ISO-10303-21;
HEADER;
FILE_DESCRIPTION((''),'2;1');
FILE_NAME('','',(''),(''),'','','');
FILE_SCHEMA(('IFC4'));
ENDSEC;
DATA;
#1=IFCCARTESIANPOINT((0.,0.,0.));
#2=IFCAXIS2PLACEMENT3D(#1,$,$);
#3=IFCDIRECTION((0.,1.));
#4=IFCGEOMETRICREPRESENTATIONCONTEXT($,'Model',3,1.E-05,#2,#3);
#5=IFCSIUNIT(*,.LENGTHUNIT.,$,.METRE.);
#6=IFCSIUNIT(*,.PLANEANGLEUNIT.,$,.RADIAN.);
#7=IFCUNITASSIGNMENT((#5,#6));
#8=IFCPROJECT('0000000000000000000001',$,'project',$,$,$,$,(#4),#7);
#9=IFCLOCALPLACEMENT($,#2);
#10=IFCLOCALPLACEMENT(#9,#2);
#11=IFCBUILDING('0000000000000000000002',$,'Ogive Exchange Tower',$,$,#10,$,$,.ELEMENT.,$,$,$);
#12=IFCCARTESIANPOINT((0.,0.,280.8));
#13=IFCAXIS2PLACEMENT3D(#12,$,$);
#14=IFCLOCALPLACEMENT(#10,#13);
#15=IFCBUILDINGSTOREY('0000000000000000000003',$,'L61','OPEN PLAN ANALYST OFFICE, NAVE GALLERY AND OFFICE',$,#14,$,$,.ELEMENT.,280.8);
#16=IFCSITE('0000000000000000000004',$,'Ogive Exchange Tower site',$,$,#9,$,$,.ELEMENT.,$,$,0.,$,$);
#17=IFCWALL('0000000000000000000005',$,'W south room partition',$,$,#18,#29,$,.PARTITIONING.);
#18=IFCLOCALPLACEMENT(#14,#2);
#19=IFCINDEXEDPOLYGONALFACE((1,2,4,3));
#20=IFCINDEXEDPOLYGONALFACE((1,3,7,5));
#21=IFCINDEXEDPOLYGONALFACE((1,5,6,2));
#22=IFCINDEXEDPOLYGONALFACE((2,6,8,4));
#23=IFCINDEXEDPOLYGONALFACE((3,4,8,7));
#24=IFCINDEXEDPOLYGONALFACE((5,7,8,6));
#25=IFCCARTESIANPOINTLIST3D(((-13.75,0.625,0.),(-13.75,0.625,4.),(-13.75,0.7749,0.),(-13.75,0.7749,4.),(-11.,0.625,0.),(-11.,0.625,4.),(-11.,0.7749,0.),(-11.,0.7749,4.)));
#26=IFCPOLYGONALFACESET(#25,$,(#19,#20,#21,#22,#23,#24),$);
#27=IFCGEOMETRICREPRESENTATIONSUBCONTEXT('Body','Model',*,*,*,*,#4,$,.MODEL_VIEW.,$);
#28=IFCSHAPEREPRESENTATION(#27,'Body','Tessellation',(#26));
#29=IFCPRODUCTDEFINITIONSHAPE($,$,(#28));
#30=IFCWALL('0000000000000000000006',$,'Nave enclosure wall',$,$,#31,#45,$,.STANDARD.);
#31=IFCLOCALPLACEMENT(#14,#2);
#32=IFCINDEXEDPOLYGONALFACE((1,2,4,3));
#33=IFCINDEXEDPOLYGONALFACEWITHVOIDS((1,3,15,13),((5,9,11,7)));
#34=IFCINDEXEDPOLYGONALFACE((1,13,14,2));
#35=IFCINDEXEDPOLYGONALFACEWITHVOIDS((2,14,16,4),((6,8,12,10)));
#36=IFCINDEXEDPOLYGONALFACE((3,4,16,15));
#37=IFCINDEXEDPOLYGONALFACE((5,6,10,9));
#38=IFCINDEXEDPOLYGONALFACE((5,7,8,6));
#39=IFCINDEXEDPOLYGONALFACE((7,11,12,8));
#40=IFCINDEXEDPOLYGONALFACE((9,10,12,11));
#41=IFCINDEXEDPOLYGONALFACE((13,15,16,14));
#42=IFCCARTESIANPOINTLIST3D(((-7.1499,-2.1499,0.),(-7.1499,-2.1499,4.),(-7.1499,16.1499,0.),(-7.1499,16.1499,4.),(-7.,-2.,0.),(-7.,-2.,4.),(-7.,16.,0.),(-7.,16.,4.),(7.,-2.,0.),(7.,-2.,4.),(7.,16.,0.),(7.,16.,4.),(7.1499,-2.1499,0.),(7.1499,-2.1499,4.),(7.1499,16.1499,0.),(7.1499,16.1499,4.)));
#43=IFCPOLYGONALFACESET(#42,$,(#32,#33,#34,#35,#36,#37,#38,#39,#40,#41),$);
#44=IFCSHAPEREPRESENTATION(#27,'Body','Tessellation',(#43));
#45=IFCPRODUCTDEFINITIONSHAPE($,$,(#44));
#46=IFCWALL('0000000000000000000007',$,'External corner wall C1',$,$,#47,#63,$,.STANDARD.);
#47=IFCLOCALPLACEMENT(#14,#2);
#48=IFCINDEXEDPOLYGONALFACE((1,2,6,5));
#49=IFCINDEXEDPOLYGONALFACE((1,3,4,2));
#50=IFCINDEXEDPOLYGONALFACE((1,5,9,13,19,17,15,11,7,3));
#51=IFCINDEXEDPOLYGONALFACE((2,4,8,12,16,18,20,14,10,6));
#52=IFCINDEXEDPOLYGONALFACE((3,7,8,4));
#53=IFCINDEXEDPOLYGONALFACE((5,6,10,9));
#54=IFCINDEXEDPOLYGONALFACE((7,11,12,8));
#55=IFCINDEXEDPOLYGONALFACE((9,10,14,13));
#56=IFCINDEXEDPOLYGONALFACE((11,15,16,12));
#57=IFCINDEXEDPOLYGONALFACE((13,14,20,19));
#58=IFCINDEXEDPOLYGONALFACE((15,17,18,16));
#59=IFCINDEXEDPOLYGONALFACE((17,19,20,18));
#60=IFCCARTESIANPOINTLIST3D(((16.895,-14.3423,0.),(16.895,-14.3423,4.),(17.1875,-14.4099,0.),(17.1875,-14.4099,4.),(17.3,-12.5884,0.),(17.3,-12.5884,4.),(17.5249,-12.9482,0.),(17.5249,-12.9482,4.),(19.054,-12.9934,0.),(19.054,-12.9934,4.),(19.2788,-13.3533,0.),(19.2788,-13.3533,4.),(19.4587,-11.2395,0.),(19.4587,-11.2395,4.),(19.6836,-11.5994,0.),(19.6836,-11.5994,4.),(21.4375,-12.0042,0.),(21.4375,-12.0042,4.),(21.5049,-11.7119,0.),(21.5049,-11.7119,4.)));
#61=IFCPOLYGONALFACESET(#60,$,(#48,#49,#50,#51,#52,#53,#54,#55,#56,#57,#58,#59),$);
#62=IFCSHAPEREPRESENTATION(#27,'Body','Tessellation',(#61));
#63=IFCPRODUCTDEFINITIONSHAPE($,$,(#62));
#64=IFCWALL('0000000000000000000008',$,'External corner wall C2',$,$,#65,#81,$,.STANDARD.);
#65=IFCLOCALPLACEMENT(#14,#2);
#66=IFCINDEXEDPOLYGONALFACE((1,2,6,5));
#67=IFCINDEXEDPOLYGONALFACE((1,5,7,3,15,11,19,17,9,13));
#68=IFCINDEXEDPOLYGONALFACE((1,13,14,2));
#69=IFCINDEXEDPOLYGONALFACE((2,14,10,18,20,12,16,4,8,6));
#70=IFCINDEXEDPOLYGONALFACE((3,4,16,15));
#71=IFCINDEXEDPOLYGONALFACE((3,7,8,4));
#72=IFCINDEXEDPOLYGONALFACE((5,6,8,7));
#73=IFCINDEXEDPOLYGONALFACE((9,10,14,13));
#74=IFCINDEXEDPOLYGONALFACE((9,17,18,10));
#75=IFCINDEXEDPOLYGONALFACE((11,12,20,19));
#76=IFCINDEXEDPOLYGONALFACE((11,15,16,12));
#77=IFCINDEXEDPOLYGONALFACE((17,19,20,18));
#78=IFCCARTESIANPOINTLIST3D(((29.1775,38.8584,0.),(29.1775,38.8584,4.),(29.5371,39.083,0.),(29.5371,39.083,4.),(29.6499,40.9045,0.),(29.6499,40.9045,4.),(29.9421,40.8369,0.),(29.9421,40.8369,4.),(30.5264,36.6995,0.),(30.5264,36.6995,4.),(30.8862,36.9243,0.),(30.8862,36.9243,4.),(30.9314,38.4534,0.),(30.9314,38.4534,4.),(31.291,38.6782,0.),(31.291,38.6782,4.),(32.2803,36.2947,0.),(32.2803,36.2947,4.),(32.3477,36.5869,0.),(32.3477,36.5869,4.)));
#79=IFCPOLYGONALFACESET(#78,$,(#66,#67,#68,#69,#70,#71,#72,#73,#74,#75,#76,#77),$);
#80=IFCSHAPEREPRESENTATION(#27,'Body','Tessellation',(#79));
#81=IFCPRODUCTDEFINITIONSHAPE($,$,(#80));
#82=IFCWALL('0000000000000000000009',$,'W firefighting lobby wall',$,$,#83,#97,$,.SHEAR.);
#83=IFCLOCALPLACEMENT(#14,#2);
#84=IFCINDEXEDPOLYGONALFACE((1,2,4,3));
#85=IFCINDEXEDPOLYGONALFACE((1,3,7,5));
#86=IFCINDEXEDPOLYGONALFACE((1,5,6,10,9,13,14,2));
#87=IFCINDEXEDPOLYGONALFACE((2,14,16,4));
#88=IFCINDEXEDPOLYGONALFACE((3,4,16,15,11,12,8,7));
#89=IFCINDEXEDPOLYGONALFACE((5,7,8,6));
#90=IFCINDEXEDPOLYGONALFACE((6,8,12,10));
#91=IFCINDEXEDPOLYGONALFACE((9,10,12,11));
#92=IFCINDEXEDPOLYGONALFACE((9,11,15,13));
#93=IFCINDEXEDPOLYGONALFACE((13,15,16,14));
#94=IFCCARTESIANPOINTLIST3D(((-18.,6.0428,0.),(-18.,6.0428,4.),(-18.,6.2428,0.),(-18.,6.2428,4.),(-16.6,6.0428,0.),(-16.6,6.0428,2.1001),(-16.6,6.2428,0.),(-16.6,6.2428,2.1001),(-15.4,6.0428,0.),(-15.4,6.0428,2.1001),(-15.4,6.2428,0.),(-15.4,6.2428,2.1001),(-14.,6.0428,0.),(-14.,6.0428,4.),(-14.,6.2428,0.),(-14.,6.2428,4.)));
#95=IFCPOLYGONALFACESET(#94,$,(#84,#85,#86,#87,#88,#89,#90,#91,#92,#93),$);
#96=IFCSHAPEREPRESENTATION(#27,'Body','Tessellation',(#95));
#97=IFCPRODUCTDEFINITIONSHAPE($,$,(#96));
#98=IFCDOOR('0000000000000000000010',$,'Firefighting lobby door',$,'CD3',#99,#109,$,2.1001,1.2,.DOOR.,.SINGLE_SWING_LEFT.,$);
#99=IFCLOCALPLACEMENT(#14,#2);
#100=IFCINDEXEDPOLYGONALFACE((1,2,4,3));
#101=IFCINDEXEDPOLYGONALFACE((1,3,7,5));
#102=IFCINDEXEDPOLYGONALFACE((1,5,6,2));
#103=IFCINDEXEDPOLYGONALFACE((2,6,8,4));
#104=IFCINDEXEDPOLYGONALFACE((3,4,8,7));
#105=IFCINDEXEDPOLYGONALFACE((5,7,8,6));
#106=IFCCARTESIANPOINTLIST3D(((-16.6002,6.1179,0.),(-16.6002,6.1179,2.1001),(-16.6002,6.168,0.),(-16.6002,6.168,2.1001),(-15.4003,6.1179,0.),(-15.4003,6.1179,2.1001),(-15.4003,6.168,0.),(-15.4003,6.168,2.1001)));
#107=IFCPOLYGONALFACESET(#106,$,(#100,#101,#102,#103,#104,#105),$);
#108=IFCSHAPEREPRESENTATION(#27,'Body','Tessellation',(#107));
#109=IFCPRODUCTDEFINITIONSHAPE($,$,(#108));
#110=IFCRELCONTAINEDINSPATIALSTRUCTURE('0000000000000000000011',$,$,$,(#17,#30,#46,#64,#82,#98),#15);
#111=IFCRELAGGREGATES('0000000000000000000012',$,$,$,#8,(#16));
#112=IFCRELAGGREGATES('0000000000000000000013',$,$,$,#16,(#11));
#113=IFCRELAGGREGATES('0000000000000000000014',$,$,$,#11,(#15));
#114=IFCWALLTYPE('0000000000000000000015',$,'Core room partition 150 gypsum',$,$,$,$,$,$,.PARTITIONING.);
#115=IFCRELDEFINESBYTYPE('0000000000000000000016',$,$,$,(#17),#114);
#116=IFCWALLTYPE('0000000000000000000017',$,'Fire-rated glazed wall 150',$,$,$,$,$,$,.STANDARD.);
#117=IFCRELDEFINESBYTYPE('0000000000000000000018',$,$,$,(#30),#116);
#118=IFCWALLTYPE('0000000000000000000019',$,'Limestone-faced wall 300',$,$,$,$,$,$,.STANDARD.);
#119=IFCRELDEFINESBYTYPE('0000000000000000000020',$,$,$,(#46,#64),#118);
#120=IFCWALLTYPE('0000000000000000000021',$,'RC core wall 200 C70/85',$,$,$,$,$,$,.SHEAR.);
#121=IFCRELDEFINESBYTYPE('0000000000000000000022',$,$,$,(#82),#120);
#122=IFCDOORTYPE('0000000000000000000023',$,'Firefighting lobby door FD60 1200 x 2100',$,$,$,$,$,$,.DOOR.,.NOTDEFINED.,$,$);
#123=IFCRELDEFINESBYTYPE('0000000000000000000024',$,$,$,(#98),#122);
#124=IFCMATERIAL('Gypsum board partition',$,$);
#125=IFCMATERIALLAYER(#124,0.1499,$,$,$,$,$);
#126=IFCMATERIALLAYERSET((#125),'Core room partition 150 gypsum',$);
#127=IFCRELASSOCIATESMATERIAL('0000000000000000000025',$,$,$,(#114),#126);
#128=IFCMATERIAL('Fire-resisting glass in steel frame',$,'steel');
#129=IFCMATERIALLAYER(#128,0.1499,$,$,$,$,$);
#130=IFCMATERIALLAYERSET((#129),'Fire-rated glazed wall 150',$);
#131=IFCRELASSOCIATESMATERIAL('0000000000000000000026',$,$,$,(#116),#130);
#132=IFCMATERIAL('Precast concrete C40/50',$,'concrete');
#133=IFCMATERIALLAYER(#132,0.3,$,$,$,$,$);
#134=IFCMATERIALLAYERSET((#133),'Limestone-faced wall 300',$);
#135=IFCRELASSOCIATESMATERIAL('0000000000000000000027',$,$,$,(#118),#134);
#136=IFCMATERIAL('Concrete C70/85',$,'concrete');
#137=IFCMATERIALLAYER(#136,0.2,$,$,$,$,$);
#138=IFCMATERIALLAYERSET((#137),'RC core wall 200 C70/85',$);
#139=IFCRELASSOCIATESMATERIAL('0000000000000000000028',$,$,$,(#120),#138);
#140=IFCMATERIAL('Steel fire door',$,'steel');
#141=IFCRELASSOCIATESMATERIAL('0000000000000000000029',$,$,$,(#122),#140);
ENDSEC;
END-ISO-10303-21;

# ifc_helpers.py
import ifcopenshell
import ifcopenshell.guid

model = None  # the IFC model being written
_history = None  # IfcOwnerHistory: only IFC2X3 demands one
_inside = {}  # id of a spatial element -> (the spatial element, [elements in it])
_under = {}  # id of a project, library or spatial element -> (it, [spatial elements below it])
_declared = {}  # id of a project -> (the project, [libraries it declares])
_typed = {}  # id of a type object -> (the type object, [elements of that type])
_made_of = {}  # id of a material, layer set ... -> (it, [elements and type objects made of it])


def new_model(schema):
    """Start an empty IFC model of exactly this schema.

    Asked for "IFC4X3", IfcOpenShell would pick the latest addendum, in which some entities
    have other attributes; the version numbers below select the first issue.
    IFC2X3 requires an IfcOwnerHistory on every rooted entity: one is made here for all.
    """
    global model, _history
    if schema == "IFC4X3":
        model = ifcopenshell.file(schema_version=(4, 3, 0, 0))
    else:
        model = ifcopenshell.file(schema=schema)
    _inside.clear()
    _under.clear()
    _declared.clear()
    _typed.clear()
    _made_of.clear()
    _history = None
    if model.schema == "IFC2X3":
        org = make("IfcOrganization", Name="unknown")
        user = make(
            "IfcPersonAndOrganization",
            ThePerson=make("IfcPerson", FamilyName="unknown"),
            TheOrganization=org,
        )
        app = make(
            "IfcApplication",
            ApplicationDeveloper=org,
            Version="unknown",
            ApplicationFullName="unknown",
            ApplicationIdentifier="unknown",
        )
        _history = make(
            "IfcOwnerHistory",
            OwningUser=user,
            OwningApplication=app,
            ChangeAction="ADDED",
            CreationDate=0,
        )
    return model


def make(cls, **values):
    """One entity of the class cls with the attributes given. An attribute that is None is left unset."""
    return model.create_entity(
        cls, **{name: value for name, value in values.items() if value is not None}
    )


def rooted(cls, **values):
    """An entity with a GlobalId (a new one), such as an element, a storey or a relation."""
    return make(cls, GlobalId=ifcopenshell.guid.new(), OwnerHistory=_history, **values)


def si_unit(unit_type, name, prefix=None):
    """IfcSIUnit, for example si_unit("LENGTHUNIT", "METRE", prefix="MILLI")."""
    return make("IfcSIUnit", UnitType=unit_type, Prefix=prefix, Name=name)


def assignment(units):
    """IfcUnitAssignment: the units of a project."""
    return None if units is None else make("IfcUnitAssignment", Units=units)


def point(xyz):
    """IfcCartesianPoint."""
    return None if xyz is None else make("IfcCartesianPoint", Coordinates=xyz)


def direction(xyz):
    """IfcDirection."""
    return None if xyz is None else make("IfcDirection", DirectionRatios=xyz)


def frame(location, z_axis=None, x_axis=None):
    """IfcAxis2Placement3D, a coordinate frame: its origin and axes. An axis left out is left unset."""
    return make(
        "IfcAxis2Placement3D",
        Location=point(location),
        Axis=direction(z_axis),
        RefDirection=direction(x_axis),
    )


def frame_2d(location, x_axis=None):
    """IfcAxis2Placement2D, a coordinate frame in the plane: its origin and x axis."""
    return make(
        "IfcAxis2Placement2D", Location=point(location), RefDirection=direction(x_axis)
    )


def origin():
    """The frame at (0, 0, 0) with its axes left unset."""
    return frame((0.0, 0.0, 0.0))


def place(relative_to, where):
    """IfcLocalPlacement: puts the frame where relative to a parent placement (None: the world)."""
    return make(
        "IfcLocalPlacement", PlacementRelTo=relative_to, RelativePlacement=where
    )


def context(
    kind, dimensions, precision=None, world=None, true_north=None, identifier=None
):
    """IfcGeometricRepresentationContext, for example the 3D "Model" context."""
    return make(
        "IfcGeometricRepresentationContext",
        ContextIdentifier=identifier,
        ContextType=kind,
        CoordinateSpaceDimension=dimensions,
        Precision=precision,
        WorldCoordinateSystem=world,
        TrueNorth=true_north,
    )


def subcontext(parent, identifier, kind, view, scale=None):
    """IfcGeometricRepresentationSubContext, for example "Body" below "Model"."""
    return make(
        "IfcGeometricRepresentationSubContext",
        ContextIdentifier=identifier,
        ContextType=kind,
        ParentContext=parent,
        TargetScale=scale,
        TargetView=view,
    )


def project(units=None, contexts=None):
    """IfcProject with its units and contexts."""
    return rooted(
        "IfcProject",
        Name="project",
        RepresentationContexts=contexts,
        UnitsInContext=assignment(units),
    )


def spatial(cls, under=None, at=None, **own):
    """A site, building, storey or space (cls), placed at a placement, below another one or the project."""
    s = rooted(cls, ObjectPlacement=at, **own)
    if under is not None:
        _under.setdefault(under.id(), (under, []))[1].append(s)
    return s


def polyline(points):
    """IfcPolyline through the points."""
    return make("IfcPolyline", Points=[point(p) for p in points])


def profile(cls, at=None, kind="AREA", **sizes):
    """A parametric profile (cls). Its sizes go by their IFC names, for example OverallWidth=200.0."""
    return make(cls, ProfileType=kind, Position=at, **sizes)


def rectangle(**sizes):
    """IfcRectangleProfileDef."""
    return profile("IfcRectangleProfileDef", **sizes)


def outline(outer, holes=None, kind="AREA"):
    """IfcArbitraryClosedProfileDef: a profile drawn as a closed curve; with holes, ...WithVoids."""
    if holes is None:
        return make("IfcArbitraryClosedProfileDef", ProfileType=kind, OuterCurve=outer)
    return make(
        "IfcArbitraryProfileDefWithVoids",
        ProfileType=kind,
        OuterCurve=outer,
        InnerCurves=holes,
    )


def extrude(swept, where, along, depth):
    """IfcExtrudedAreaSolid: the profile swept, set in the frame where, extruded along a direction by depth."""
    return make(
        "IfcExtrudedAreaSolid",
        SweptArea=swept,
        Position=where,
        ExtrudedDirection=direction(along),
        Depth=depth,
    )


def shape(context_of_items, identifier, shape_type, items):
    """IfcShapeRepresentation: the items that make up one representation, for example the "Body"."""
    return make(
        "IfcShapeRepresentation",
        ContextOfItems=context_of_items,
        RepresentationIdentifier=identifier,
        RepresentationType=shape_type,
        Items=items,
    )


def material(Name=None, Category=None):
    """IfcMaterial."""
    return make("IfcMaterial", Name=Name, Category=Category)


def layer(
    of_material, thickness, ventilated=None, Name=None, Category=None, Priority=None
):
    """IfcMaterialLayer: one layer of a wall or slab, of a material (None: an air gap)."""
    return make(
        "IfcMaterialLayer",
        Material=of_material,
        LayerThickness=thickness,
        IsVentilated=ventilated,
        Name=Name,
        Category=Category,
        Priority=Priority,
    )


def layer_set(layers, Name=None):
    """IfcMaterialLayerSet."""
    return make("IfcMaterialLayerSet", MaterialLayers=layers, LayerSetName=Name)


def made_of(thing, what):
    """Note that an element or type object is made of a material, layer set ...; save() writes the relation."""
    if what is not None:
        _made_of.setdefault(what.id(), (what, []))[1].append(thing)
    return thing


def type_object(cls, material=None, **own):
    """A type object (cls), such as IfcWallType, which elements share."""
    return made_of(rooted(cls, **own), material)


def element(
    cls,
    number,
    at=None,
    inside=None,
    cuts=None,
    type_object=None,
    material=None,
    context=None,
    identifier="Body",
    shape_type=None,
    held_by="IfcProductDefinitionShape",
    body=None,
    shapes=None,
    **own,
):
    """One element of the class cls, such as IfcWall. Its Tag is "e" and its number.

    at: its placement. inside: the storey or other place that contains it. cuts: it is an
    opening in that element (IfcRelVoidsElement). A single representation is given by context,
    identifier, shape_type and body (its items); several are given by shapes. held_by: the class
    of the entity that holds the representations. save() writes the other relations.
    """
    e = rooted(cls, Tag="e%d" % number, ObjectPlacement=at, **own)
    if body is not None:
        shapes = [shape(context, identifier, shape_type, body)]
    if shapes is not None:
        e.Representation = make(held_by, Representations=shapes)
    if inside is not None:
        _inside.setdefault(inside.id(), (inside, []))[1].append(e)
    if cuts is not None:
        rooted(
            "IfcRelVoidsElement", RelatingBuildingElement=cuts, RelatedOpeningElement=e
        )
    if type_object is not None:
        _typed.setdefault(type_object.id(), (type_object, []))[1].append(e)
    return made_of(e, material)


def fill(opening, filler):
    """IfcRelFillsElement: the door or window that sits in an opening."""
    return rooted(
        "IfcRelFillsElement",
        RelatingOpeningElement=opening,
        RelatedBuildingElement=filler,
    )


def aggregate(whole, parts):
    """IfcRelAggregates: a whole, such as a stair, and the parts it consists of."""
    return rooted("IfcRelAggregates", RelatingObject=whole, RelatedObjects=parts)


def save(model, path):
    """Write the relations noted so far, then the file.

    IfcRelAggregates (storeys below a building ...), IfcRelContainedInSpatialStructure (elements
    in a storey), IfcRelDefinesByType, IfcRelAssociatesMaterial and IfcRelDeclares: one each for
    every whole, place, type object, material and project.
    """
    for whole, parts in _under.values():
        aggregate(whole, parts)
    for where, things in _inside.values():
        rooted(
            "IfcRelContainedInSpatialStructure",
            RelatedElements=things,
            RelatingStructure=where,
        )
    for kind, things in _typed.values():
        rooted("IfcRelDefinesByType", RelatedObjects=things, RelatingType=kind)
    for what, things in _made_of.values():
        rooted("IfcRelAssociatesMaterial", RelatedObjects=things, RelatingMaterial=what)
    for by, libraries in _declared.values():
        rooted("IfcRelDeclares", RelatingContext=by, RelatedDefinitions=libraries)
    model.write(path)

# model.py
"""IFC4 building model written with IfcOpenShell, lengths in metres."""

from ifc_helpers import new_model, si_unit, direction, frame, frame_2d, origin, place, context, subcontext, project, spatial, polyline, rectangle, outline, extrude, material, layer, layer_set, type_object, element, fill, save


model = new_model("IFC4")

# Units and contexts
model_context = context("Model", 3, precision=1e-05, world=origin(), true_north=direction((0.0, 1.0)))
body_context = subcontext(model_context, "Body", "Model", "MODEL_VIEW")
ifc_project = project(units=[si_unit("LENGTHUNIT", "METRE"), si_unit("PLANEANGLEUNIT", "RADIAN")], contexts=[model_context])

# Site, building, storey
site_placement = place(None, origin())
site = spatial("IfcSite", under=ifc_project, at=site_placement, Name="Ogive Exchange Tower site", CompositionType="ELEMENT", RefElevation=0.0)
building_placement = place(site_placement, origin())
building = spatial("IfcBuilding", under=site, at=building_placement, Name="Ogive Exchange Tower", CompositionType="ELEMENT")
storey_placement = place(building_placement, frame((0.0, 0.0, 280.8)))
storey = spatial("IfcBuildingStorey", under=building, at=storey_placement, Name="L61", Description="OPEN PLAN ANALYST OFFICE, NAVE GALLERY AND OFFICE", CompositionType="ELEMENT", Elevation=280.8)

# Walls
ifc_material_1 = material(Name="Gypsum board partition")
ifc_layer_1 = layer(ifc_material_1, 0.1499)
ifc_layer_set_1 = layer_set([ifc_layer_1], Name="Core room partition 150 gypsum")
wall_type_1 = type_object("IfcWallType", Name="Core room partition 150 gypsum", PredefinedType="PARTITIONING", material=ifc_layer_set_1)
wall_1_placement = place(storey_placement, frame((-13.75, 0.7, 0.0), z_axis=(0.0, 0.0, 1.0), x_axis=(1.0, 0.0, 0.0)))
element("IfcWall", 1, at=wall_1_placement, inside=storey, type_object=wall_type_1, Name="W south room partition", PredefinedType="PARTITIONING", context=body_context, shape_type="SweptSolid", body=[
    extrude(rectangle(XDim=2.75, YDim=0.1499, at=frame_2d((1.375, 0.0))), origin(), (0.0, 0.0, 1.0), 4.0),
])
ifc_material_2 = material(Name="Fire-resisting glass in steel frame", Category="steel")
ifc_layer_2 = layer(ifc_material_2, 0.1499)
ifc_layer_set_2 = layer_set([ifc_layer_2], Name="Fire-rated glazed wall 150")
wall_type_2 = type_object("IfcWallType", Name="Fire-rated glazed wall 150", PredefinedType="STANDARD", material=ifc_layer_set_2)
wall_2_placement = place(storey_placement, origin())
element("IfcWall", 2, at=wall_2_placement, inside=storey, type_object=wall_type_2, Name="Nave enclosure wall", PredefinedType="STANDARD", context=body_context, shape_type="SweptSolid", body=[
    extrude(outline(polyline([(-7.1499, -2.1499), (7.1499, -2.1499), (7.1499, 16.1499), (-7.1499, 16.1499), (-7.1499, -2.1499)]), holes=[polyline([(-7.0, -2.0), (-7.0, 16.0), (7.0, 16.0), (7.0, -2.0), (-7.0, -2.0)])]), origin(), (0.0, 0.0, 1.0), 4.0),
])
ifc_material_3 = material(Name="Precast concrete C40/50", Category="concrete")
ifc_layer_3 = layer(ifc_material_3, 0.3)
ifc_layer_set_3 = layer_set([ifc_layer_3], Name="Limestone-faced wall 300")
wall_type_3 = type_object("IfcWallType", Name="Limestone-faced wall 300", PredefinedType="STANDARD", material=ifc_layer_set_3)
wall_3_placement = place(storey_placement, origin())
element("IfcWall", 3, at=wall_3_placement, inside=storey, type_object=wall_type_3, Name="External corner wall C1", PredefinedType="STANDARD", context=body_context, shape_type="SweptSolid", body=[
    extrude(outline(polyline([(19.054, -12.9934), (19.4587, -11.2395), (21.5049, -11.7119), (21.4375, -12.0042), (19.6836, -11.5994), (19.2788, -13.3533), (17.5249, -12.9482), (17.1875, -14.4099), (16.895, -14.3423), (17.3, -12.5884), (19.054, -12.9934)])), origin(), (0.0, 0.0, 1.0), 4.0),
])
wall_4_placement = place(storey_placement, origin())
element("IfcWall", 4, at=wall_4_placement, inside=storey, type_object=wall_type_3, Name="External corner wall C2", PredefinedType="STANDARD", context=body_context, shape_type="SweptSolid", body=[
    extrude(outline(polyline([(30.9314, 38.4534), (29.1775, 38.8584), (29.6499, 40.9045), (29.9421, 40.8369), (29.5371, 39.083), (31.291, 38.6782), (30.8862, 36.9243), (32.3477, 36.5869), (32.2803, 36.2947), (30.5264, 36.6995), (30.9314, 38.4534)])), origin(), (0.0, 0.0, 1.0), 4.0),
])

# Wall, opening, door
ifc_material_4 = material(Name="Concrete C70/85", Category="concrete")
ifc_layer_4 = layer(ifc_material_4, 0.2)
ifc_layer_set_4 = layer_set([ifc_layer_4], Name="RC core wall 200 C70/85")
wall_type_4 = type_object("IfcWallType", Name="RC core wall 200 C70/85", PredefinedType="SHEAR", material=ifc_layer_set_4)
wall_5_placement = place(storey_placement, frame((-18.0, 6.1428, 0.0), z_axis=(0.0, 0.0, 1.0), x_axis=(1.0, 0.0, 0.0)))
wall_5 = element("IfcWall", 5, at=wall_5_placement, inside=storey, type_object=wall_type_4, Name="W firefighting lobby wall", PredefinedType="SHEAR", context=body_context, shape_type="SweptSolid", body=[
    extrude(rectangle(XDim=4.0, YDim=0.2, at=frame_2d((2.0, 0.0))), origin(), (0.0, 0.0, 1.0), 4.0),
])
opening_1_placement = place(wall_5_placement, frame((1.3999, 0.0, 0.0)))
opening_1 = element("IfcOpeningElement", 6, at=opening_1_placement, cuts=wall_5, PredefinedType="OPENING", context=body_context, shape_type="SweptSolid", body=[
    extrude(rectangle(XDim=1.2, YDim=2.1001, at=frame_2d((0.6001, 1.05))), frame((0.0, 0.1099, 0.0), z_axis=(0.0, -1.0, 0.0), x_axis=(1.0, 0.0, 0.0)), (0.0, 0.0, 1.0), 0.22),
])
ifc_material_5 = material(Name="Steel fire door", Category="steel")
door_type_1 = type_object("IfcDoorType", Name="Firefighting lobby door FD60 1200 x 2100", OperationType="NOTDEFINED", PredefinedType="DOOR", material=ifc_material_5)
door_1_placement = place(opening_1_placement, frame((1.2, 0.0, 0.0), z_axis=(0.0, 0.0, 1.0), x_axis=(-1.0, 0.0, 0.0)))
door_1 = element("IfcDoor", 7, at=door_1_placement, inside=storey, type_object=door_type_1, Name="Firefighting lobby door", ObjectType="CD3", OperationType="SINGLE_SWING_LEFT", OverallHeight=2.1001, OverallWidth=1.2, PredefinedType="DOOR", context=body_context, shape_type="SweptSolid", body=[
    extrude(rectangle(XDim=1.2, YDim=2.1001, at=frame_2d((0.6001, 1.05))), frame((0.0, 0.0249, 0.0), z_axis=(0.0, -1.0, 0.0), x_axis=(1.0, 0.0, 0.0)), (0.0, 0.0, 1.0), 0.05),
])
fill(opening_1, door_1)

save(model, "model.ifc")
